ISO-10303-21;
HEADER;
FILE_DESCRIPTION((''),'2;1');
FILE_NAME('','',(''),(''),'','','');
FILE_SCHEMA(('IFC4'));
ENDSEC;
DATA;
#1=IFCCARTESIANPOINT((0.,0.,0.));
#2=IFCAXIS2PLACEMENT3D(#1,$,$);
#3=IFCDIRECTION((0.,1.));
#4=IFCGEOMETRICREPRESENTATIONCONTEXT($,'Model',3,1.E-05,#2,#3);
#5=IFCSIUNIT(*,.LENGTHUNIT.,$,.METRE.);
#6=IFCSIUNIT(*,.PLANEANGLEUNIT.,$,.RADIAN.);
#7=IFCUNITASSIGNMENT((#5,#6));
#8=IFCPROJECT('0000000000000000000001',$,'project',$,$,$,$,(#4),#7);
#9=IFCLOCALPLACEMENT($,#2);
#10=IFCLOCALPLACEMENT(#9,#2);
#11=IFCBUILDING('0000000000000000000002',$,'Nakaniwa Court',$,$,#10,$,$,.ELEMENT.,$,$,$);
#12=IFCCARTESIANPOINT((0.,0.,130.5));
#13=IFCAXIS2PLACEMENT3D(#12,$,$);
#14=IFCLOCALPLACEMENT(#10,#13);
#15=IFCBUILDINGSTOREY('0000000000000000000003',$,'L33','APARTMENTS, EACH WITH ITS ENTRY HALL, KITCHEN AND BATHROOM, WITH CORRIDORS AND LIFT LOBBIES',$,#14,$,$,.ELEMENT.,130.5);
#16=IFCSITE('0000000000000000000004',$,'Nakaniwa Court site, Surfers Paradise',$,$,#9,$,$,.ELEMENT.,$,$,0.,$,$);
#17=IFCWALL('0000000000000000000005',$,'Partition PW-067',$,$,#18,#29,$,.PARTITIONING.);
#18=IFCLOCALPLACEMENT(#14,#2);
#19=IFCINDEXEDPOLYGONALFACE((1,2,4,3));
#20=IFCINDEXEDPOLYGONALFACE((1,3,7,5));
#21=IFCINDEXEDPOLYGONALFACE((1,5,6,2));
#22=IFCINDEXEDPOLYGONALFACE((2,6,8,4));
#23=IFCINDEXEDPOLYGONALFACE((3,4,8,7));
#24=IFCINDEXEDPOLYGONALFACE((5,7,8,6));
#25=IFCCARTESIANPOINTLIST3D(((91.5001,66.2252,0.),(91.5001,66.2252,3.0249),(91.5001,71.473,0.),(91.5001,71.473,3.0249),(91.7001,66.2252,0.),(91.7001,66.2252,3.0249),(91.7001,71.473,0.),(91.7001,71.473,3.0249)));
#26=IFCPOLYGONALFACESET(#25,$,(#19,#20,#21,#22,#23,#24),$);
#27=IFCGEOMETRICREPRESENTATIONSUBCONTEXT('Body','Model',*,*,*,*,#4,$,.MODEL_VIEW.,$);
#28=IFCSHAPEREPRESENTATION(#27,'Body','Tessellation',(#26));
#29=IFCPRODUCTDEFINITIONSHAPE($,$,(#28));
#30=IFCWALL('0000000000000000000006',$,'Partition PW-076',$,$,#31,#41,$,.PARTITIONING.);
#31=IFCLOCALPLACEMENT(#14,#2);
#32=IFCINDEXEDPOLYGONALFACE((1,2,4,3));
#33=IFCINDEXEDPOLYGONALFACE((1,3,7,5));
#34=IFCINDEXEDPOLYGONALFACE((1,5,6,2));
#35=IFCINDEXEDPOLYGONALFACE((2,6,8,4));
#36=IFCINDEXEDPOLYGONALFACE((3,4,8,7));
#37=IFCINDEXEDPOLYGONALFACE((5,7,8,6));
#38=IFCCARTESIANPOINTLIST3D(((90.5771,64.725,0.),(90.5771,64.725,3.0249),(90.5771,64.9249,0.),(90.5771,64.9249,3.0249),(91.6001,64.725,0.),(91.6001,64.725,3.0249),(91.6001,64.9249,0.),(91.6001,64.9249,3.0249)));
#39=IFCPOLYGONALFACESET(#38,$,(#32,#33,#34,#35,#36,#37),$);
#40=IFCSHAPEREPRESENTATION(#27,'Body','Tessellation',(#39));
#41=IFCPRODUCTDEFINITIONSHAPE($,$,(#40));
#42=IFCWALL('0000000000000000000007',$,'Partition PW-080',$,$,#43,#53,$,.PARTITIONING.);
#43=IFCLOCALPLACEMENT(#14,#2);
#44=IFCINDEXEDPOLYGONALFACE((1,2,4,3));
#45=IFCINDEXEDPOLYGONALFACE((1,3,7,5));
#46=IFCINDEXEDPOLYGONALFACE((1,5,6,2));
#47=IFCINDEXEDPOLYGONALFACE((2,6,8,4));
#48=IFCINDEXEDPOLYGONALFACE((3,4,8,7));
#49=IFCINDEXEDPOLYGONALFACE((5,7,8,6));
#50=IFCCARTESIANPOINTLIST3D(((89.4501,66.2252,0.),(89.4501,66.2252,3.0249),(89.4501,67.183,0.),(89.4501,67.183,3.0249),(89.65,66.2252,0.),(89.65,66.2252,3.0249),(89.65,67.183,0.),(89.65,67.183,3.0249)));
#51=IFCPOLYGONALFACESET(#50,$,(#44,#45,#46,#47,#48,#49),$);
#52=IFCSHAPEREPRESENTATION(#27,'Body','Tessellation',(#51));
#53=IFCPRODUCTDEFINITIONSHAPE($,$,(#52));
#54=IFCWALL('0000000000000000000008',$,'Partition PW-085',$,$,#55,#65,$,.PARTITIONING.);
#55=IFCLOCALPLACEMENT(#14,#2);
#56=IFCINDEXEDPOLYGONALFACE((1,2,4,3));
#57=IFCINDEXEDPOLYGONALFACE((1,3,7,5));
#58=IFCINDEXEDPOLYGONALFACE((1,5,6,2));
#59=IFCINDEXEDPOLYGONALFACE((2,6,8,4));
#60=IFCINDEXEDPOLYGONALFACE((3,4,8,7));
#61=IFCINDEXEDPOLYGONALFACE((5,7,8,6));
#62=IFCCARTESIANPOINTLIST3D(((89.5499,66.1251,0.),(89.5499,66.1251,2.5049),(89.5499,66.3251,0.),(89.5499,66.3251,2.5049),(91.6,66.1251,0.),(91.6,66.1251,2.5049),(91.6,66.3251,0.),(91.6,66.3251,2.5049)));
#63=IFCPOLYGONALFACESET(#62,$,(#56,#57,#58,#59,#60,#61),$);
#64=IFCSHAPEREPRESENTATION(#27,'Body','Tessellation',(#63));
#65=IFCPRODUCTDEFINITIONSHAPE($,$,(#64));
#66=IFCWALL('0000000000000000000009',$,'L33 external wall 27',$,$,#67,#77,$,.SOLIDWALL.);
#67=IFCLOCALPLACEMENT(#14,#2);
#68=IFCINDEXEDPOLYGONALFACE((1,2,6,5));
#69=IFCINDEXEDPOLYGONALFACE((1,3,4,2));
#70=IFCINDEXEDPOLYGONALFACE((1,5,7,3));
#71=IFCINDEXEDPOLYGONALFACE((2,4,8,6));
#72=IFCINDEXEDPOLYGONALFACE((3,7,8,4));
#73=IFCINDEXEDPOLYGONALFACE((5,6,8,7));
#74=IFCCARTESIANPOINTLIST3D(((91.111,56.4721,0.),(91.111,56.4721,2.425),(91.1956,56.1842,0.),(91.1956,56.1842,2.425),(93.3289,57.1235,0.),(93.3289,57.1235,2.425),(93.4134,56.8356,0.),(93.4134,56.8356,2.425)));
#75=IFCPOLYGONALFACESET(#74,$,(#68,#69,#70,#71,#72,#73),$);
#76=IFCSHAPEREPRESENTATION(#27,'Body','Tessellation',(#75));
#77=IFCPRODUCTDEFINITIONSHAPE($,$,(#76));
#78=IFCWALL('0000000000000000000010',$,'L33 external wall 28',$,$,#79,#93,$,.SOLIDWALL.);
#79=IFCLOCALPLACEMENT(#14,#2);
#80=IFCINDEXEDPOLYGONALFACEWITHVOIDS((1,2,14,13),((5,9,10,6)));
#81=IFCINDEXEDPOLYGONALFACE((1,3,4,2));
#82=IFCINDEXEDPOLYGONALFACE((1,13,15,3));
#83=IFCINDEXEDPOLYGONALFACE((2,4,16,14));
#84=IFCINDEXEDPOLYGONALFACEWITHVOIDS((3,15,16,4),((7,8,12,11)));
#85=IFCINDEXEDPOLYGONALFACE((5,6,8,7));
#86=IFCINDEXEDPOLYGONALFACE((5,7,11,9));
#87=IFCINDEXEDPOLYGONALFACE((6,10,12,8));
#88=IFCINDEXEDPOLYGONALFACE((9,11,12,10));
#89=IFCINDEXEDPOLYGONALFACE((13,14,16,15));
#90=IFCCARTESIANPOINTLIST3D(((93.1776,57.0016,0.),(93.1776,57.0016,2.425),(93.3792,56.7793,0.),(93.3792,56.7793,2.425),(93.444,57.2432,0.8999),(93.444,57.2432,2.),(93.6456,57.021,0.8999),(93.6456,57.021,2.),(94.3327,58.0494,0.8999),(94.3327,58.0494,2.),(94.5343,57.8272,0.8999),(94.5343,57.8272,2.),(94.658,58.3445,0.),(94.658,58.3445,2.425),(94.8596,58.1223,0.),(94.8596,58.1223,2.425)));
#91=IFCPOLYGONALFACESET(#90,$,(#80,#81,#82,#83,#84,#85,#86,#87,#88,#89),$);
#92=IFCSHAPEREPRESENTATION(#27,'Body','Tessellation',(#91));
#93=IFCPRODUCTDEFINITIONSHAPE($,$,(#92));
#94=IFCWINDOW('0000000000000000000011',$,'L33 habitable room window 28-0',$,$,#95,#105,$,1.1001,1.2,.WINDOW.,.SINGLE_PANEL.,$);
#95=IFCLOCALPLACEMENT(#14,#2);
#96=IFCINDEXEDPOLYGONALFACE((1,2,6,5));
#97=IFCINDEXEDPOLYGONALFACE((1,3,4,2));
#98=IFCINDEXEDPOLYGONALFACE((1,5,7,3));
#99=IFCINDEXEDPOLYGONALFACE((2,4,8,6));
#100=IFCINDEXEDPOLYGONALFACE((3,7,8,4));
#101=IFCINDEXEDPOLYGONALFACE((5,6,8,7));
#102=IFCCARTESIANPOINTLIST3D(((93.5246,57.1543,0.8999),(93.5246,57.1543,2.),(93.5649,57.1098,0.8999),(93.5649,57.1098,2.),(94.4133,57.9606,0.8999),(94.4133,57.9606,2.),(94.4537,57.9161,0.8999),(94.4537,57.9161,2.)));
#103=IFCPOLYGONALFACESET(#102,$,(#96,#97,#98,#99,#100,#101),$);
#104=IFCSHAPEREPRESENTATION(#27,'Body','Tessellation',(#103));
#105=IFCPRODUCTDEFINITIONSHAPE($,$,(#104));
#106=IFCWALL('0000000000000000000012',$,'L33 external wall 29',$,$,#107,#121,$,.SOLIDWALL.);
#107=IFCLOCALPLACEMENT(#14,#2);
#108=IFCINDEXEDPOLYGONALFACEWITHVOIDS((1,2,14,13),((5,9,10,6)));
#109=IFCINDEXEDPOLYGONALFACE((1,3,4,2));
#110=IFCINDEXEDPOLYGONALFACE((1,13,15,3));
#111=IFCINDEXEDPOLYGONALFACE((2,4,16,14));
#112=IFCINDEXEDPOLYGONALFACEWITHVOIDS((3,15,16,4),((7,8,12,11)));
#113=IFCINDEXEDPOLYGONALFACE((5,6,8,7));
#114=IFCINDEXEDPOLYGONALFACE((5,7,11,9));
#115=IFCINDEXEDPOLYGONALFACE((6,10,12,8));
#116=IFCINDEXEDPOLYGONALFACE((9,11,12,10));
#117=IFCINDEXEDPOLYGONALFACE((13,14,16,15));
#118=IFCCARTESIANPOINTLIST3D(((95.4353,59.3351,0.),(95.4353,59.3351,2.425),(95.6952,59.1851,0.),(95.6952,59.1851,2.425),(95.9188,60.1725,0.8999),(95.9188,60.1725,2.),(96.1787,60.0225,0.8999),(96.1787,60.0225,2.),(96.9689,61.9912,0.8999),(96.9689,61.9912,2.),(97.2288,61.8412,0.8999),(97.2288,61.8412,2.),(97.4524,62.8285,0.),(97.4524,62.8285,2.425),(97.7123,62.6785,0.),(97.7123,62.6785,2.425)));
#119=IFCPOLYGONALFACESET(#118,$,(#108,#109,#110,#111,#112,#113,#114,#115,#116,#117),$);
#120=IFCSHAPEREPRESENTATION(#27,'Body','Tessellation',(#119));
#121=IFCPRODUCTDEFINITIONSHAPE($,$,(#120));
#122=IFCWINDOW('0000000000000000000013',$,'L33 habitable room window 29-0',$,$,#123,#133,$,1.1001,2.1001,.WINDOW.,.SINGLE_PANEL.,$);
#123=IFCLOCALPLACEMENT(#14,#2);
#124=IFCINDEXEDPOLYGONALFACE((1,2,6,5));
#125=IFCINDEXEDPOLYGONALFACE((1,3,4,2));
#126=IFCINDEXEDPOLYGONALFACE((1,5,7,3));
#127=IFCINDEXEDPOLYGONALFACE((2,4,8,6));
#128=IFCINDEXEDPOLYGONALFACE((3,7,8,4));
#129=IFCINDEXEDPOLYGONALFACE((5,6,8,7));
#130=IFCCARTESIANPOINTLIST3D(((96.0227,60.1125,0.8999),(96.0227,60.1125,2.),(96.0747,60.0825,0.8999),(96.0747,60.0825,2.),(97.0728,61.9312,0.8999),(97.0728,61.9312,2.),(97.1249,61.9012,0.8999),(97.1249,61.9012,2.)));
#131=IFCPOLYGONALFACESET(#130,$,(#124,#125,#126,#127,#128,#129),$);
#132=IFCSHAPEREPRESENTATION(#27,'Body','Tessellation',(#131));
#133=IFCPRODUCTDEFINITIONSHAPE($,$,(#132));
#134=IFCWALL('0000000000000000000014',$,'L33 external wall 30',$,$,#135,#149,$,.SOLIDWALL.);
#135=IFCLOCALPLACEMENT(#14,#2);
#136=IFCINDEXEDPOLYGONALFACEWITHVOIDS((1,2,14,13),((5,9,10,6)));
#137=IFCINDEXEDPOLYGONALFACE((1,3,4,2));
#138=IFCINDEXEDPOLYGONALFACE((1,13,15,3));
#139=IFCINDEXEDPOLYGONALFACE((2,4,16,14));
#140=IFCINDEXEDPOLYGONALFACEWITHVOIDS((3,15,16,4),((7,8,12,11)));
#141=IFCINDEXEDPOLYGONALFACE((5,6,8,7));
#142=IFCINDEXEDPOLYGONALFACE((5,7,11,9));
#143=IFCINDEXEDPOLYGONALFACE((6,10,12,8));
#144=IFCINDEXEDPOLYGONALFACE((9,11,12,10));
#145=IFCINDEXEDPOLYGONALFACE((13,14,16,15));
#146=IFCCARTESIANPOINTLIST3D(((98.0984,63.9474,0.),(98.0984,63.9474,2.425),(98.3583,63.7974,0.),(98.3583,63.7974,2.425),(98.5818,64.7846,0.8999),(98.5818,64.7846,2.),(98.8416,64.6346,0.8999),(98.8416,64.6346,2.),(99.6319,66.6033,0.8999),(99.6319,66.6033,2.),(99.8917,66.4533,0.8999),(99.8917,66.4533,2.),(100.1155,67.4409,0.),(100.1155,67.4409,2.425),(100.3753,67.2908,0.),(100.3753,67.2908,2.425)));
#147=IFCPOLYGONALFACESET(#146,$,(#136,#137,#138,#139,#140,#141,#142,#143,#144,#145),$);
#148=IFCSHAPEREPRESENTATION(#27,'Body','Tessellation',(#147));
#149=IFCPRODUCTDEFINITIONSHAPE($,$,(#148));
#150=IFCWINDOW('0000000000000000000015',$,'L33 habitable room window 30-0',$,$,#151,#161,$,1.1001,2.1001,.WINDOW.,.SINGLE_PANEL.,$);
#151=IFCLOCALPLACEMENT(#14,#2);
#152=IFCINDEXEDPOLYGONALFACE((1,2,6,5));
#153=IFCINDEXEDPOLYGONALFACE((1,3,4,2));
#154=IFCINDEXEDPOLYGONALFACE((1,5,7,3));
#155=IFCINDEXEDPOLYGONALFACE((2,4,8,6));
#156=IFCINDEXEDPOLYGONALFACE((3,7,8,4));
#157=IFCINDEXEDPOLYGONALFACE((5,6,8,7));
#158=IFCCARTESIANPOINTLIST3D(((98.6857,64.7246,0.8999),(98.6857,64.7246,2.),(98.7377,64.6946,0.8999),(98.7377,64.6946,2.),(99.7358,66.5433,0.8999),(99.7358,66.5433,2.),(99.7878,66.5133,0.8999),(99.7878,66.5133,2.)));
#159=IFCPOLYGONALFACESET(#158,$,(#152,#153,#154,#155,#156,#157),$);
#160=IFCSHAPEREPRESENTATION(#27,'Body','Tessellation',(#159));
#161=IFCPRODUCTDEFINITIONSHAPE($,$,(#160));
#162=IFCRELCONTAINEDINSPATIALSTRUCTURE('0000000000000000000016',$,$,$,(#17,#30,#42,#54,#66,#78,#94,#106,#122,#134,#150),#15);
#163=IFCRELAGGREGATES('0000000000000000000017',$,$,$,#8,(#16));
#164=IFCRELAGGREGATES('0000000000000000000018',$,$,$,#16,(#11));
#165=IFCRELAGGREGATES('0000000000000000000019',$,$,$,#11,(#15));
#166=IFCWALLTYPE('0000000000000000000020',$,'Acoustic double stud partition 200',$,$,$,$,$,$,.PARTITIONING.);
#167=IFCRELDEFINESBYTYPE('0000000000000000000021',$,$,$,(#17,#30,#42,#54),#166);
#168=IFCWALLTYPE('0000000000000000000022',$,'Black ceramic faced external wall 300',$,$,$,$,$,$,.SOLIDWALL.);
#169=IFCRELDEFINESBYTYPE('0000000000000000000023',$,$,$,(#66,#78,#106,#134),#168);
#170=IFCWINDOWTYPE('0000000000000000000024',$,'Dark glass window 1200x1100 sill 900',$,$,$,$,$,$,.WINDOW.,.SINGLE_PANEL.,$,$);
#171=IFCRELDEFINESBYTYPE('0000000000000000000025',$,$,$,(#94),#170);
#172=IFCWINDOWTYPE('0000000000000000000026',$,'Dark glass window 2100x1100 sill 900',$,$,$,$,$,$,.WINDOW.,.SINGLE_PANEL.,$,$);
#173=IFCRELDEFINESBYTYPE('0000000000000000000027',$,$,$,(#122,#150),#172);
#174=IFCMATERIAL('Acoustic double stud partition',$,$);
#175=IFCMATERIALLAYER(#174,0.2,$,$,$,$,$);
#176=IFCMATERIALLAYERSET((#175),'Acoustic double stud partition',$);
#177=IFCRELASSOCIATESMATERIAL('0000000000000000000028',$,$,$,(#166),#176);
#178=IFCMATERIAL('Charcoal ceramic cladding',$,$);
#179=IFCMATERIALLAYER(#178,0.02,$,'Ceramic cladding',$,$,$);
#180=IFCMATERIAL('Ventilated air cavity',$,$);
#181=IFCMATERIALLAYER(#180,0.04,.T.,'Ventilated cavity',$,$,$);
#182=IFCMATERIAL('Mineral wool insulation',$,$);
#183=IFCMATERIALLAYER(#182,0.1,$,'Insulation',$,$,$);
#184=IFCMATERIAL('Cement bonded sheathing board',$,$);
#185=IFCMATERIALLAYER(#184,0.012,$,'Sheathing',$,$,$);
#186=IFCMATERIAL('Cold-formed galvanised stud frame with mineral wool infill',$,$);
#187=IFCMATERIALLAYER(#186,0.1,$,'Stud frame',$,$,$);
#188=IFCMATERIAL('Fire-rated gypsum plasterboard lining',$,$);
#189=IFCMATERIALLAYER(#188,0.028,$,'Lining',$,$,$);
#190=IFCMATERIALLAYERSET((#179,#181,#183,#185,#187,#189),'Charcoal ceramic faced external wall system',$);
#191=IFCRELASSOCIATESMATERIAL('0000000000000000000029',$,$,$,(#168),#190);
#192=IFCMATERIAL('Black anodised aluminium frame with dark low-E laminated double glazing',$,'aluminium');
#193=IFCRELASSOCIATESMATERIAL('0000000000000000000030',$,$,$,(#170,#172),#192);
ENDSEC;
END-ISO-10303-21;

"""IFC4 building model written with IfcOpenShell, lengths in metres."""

from ifc_helpers import new_model, si_unit, direction, frame, frame_2d, origin, place, context, subcontext, project, spatial, rectangle, extrude, material, layer, layer_set, type_object, element, fill, save


model = new_model("IFC4")

# Units and contexts
model_context = context("Model", 3, precision=1e-05, world=origin(), true_north=direction((0.0, 1.0)))
body_context = subcontext(model_context, "Body", "Model", "MODEL_VIEW")
ifc_project = project(units=[si_unit("LENGTHUNIT", "METRE"), si_unit("PLANEANGLEUNIT", "RADIAN")], contexts=[model_context])

# Site, building, storey
site_placement = place(None, origin())
site = spatial("IfcSite", under=ifc_project, at=site_placement, Name="Nakaniwa Court site, Surfers Paradise", CompositionType="ELEMENT", RefElevation=0.0)
building_placement = place(site_placement, origin())
building = spatial("IfcBuilding", under=site, at=building_placement, Name="Nakaniwa Court", CompositionType="ELEMENT")
storey_placement = place(building_placement, frame((0.0, 0.0, 130.5)))
storey = spatial("IfcBuildingStorey", under=building, at=storey_placement, Name="L33", Description="APARTMENTS, EACH WITH ITS ENTRY HALL, KITCHEN AND BATHROOM, WITH CORRIDORS AND LIFT LOBBIES", CompositionType="ELEMENT", Elevation=130.5)

# Shared definitions
ifc_material_1 = material(Name="Acoustic double stud partition")
ifc_layer_1 = layer(ifc_material_1, 0.2)
ifc_layer_set_1 = layer_set([ifc_layer_1], Name="Acoustic double stud partition")
wall_type_1 = type_object("IfcWallType", Name="Acoustic double stud partition 200", PredefinedType="PARTITIONING", material=ifc_layer_set_1)

# Walls
wall_1_placement = place(storey_placement, frame((91.6001, 66.2251, 0.0), z_axis=(0.0, 0.0, 1.0), x_axis=(0.0, 1.0, 0.0)))
element("IfcWall", 1, at=wall_1_placement, inside=storey, type_object=wall_type_1, Name="Partition PW-067", PredefinedType="PARTITIONING", context=body_context, shape_type="SweptSolid", body=[
    extrude(rectangle(XDim=5.2478, YDim=0.2, at=frame_2d((2.624, 0.0))), origin(), (0.0, 0.0, 1.0), 3.0249),
])
wall_2_placement = place(storey_placement, frame((90.5771, 64.825, 0.0), z_axis=(0.0, 0.0, 1.0), x_axis=(1.0, 0.0, 0.0)))
element("IfcWall", 2, at=wall_2_placement, inside=storey, type_object=wall_type_1, Name="Partition PW-076", PredefinedType="PARTITIONING", context=body_context, shape_type="SweptSolid", body=[
    extrude(rectangle(XDim=1.0229, YDim=0.2, at=frame_2d((0.5115, 0.0))), origin(), (0.0, 0.0, 1.0), 3.0249),
])
wall_3_placement = place(storey_placement, frame((89.55, 66.2251, 0.0), z_axis=(0.0, 0.0, 1.0), x_axis=(0.0, 1.0, 0.0)))
element("IfcWall", 3, at=wall_3_placement, inside=storey, type_object=wall_type_1, Name="Partition PW-080", PredefinedType="PARTITIONING", context=body_context, shape_type="SweptSolid", body=[
    extrude(rectangle(XDim=0.9578, YDim=0.2, at=frame_2d((0.479, 0.0))), origin(), (0.0, 0.0, 1.0), 3.0249),
])
wall_4_placement = place(storey_placement, frame((89.55, 66.2251, 0.0), z_axis=(0.0, 0.0, 1.0), x_axis=(1.0, 0.0, 0.0)))
element("IfcWall", 4, at=wall_4_placement, inside=storey, type_object=wall_type_1, Name="Partition PW-085", PredefinedType="PARTITIONING", context=body_context, shape_type="SweptSolid", body=[
    extrude(rectangle(XDim=2.05, YDim=0.2, at=frame_2d((1.0249, 0.0))), origin(), (0.0, 0.0, 1.0), 2.5049),
])
ifc_material_2 = material(Name="Charcoal ceramic cladding")
ifc_layer_2 = layer(ifc_material_2, 0.02, Name="Ceramic cladding")
ifc_material_3 = material(Name="Ventilated air cavity")
ifc_layer_3 = layer(ifc_material_3, 0.04, ventilated=True, Name="Ventilated cavity")
ifc_material_4 = material(Name="Mineral wool insulation")
ifc_layer_4 = layer(ifc_material_4, 0.1, Name="Insulation")
ifc_material_5 = material(Name="Cement bonded sheathing board")
ifc_layer_5 = layer(ifc_material_5, 0.012, Name="Sheathing")
ifc_material_6 = material(Name="Cold-formed galvanised stud frame with mineral wool infill")
ifc_layer_6 = layer(ifc_material_6, 0.1, Name="Stud frame")
ifc_material_7 = material(Name="Fire-rated gypsum plasterboard lining")
ifc_layer_7 = layer(ifc_material_7, 0.028, Name="Lining")
ifc_layer_set_2 = layer_set([ifc_layer_2, ifc_layer_3, ifc_layer_4, ifc_layer_5, ifc_layer_6, ifc_layer_7], Name="Charcoal ceramic faced external wall system")
wall_type_2 = type_object("IfcWallType", Name="Black ceramic faced external wall 300", PredefinedType="SOLIDWALL", material=ifc_layer_set_2)
wall_5_placement = place(storey_placement, frame((91.1533, 56.3281, 0.0), z_axis=(0.0, 0.0, 1.0), x_axis=(0.959473, 0.2818, 0.0)))
element("IfcWall", 5, at=wall_5_placement, inside=storey, type_object=wall_type_2, Name="L33 external wall 27", PredefinedType="SOLIDWALL", context=body_context, shape_type="SweptSolid", body=[
    extrude(rectangle(XDim=2.3115, YDim=0.3, at=frame_2d((1.1558, 0.0))), origin(), (0.0, 0.0, 1.0), 2.425),
])

# Walls, openings, windows
wall_6_placement = place(storey_placement, frame((93.2783, 56.8904, 0.0), z_axis=(0.0, 0.0, 1.0), x_axis=(0.740653, 0.671888, 0.0)))
wall_6 = element("IfcWall", 6, at=wall_6_placement, inside=storey, type_object=wall_type_2, Name="L33 external wall 28", PredefinedType="SOLIDWALL", context=body_context, shape_type="SweptSolid", body=[
    extrude(rectangle(XDim=1.9988, YDim=0.3, at=frame_2d((0.9995, 0.0))), origin(), (0.0, 0.0, 1.0), 2.425),
])
opening_1_placement = place(wall_6_placement, frame((0.3596, 0.0, 0.8999)))
opening_1 = element("IfcOpeningElement", 7, at=opening_1_placement, cuts=wall_6, PredefinedType="OPENING", context=body_context, shape_type="SweptSolid", body=[
    extrude(rectangle(XDim=1.2, YDim=1.1001, at=frame_2d((0.6001, 0.55))), frame((0.0, 0.1599, 0.0), z_axis=(0.0, -1.0, 0.0), x_axis=(1.0, 0.0, 0.0)), (0.0, 0.0, 1.0), 0.3201),
])
ifc_material_8 = material(Name="Black anodised aluminium frame with dark low-E laminated double glazing", Category="aluminium")
window_type_1 = type_object("IfcWindowType", Name="Dark glass window 1200x1100 sill 900", PartitioningType="SINGLE_PANEL", PredefinedType="WINDOW", material=ifc_material_8)
window_1_placement = place(opening_1_placement, origin())
window_1 = element("IfcWindow", 8, at=window_1_placement, inside=storey, type_object=window_type_1, Name="L33 habitable room window 28-0", OverallHeight=1.1001, OverallWidth=1.2, PartitioningType="SINGLE_PANEL", PredefinedType="WINDOW", context=body_context, shape_type="SweptSolid", body=[
    extrude(rectangle(XDim=1.2, YDim=1.1001, at=frame_2d((0.6001, 0.55))), frame((0.0, 0.03, 0.0), z_axis=(0.0, -1.0, 0.0), x_axis=(1.0, 0.0, 0.0)), (0.0, 0.0, 1.0), 0.0601),
])
fill(opening_1, window_1)
wall_7_placement = place(storey_placement, frame((95.5652, 59.26, 0.0), z_axis=(0.0, 0.0, 1.0), x_axis=(0.500032, 0.866007, 0.0)))
wall_7 = element("IfcWall", 9, at=wall_7_placement, inside=storey, type_object=wall_type_2, Name="L33 external wall 29", PredefinedType="SOLIDWALL", context=body_context, shape_type="SweptSolid", body=[
    extrude(rectangle(XDim=4.0339, YDim=0.3, at=frame_2d((2.0171, 0.0))), origin(), (0.0, 0.0, 1.0), 2.425),
])
opening_2_placement = place(wall_7_placement, frame((0.967, 0.0, 0.8999)))
opening_2 = element("IfcOpeningElement", 10, at=opening_2_placement, cuts=wall_7, PredefinedType="OPENING", context=body_context, shape_type="SweptSolid", body=[
    extrude(rectangle(XDim=2.1001, YDim=1.1001, at=frame_2d((1.05, 0.55))), frame((0.0, 0.1599, 0.0), z_axis=(0.0, -1.0, 0.0), x_axis=(1.0, 0.0, 0.0)), (0.0, 0.0, 1.0), 0.3201),
])
window_type_2 = type_object("IfcWindowType", Name="Dark glass window 2100x1100 sill 900", PartitioningType="SINGLE_PANEL", PredefinedType="WINDOW", material=ifc_material_8)
window_2_placement = place(opening_2_placement, origin())
window_2 = element("IfcWindow", 11, at=window_2_placement, inside=storey, type_object=window_type_2, Name="L33 habitable room window 29-0", OverallHeight=1.1001, OverallWidth=2.1001, PartitioningType="SINGLE_PANEL", PredefinedType="WINDOW", context=body_context, shape_type="SweptSolid", body=[
    extrude(rectangle(XDim=2.1001, YDim=1.1001, at=frame_2d((1.05, 0.55))), frame((0.0, 0.03, 0.0), z_axis=(0.0, -1.0, 0.0), x_axis=(1.0, 0.0, 0.0)), (0.0, 0.0, 1.0), 0.0601),
])
fill(opening_2, window_2)
wall_8_placement = place(storey_placement, frame((98.2283, 63.8723, 0.0), z_axis=(0.0, 0.0, 1.0), x_axis=(0.500032, 0.866007, 0.0)))
wall_8 = element("IfcWall", 12, at=wall_8_placement, inside=storey, type_object=wall_type_2, Name="L33 external wall 30", PredefinedType="SOLIDWALL", context=body_context, shape_type="SweptSolid", body=[
    extrude(rectangle(XDim=4.0339, YDim=0.3, at=frame_2d((2.0171, 0.0))), origin(), (0.0, 0.0, 1.0), 2.425),
])
opening_3_placement = place(wall_8_placement, frame((0.9668, 0.0, 0.8999)))
opening_3 = element("IfcOpeningElement", 13, at=opening_3_placement, cuts=wall_8, PredefinedType="OPENING", context=body_context, shape_type="SweptSolid", body=[
    extrude(rectangle(XDim=2.1001, YDim=1.1001, at=frame_2d((1.05, 0.55))), frame((0.0, 0.1599, 0.0), z_axis=(0.0, -1.0, 0.0), x_axis=(1.0, 0.0, 0.0)), (0.0, 0.0, 1.0), 0.3201),
])
window_3_placement = place(opening_3_placement, origin())
window_3 = element("IfcWindow", 14, at=window_3_placement, inside=storey, type_object=window_type_2, Name="L33 habitable room window 30-0", OverallHeight=1.1001, OverallWidth=2.1001, PartitioningType="SINGLE_PANEL", PredefinedType="WINDOW", context=body_context, shape_type="SweptSolid", body=[
    extrude(rectangle(XDim=2.1001, YDim=1.1001, at=frame_2d((1.05, 0.55))), frame((0.0, 0.03, 0.0), z_axis=(0.0, -1.0, 0.0), x_axis=(1.0, 0.0, 0.0)), (0.0, 0.0, 1.0), 0.0601),
])
fill(opening_3, window_3)

save(model, "model.ifc")
